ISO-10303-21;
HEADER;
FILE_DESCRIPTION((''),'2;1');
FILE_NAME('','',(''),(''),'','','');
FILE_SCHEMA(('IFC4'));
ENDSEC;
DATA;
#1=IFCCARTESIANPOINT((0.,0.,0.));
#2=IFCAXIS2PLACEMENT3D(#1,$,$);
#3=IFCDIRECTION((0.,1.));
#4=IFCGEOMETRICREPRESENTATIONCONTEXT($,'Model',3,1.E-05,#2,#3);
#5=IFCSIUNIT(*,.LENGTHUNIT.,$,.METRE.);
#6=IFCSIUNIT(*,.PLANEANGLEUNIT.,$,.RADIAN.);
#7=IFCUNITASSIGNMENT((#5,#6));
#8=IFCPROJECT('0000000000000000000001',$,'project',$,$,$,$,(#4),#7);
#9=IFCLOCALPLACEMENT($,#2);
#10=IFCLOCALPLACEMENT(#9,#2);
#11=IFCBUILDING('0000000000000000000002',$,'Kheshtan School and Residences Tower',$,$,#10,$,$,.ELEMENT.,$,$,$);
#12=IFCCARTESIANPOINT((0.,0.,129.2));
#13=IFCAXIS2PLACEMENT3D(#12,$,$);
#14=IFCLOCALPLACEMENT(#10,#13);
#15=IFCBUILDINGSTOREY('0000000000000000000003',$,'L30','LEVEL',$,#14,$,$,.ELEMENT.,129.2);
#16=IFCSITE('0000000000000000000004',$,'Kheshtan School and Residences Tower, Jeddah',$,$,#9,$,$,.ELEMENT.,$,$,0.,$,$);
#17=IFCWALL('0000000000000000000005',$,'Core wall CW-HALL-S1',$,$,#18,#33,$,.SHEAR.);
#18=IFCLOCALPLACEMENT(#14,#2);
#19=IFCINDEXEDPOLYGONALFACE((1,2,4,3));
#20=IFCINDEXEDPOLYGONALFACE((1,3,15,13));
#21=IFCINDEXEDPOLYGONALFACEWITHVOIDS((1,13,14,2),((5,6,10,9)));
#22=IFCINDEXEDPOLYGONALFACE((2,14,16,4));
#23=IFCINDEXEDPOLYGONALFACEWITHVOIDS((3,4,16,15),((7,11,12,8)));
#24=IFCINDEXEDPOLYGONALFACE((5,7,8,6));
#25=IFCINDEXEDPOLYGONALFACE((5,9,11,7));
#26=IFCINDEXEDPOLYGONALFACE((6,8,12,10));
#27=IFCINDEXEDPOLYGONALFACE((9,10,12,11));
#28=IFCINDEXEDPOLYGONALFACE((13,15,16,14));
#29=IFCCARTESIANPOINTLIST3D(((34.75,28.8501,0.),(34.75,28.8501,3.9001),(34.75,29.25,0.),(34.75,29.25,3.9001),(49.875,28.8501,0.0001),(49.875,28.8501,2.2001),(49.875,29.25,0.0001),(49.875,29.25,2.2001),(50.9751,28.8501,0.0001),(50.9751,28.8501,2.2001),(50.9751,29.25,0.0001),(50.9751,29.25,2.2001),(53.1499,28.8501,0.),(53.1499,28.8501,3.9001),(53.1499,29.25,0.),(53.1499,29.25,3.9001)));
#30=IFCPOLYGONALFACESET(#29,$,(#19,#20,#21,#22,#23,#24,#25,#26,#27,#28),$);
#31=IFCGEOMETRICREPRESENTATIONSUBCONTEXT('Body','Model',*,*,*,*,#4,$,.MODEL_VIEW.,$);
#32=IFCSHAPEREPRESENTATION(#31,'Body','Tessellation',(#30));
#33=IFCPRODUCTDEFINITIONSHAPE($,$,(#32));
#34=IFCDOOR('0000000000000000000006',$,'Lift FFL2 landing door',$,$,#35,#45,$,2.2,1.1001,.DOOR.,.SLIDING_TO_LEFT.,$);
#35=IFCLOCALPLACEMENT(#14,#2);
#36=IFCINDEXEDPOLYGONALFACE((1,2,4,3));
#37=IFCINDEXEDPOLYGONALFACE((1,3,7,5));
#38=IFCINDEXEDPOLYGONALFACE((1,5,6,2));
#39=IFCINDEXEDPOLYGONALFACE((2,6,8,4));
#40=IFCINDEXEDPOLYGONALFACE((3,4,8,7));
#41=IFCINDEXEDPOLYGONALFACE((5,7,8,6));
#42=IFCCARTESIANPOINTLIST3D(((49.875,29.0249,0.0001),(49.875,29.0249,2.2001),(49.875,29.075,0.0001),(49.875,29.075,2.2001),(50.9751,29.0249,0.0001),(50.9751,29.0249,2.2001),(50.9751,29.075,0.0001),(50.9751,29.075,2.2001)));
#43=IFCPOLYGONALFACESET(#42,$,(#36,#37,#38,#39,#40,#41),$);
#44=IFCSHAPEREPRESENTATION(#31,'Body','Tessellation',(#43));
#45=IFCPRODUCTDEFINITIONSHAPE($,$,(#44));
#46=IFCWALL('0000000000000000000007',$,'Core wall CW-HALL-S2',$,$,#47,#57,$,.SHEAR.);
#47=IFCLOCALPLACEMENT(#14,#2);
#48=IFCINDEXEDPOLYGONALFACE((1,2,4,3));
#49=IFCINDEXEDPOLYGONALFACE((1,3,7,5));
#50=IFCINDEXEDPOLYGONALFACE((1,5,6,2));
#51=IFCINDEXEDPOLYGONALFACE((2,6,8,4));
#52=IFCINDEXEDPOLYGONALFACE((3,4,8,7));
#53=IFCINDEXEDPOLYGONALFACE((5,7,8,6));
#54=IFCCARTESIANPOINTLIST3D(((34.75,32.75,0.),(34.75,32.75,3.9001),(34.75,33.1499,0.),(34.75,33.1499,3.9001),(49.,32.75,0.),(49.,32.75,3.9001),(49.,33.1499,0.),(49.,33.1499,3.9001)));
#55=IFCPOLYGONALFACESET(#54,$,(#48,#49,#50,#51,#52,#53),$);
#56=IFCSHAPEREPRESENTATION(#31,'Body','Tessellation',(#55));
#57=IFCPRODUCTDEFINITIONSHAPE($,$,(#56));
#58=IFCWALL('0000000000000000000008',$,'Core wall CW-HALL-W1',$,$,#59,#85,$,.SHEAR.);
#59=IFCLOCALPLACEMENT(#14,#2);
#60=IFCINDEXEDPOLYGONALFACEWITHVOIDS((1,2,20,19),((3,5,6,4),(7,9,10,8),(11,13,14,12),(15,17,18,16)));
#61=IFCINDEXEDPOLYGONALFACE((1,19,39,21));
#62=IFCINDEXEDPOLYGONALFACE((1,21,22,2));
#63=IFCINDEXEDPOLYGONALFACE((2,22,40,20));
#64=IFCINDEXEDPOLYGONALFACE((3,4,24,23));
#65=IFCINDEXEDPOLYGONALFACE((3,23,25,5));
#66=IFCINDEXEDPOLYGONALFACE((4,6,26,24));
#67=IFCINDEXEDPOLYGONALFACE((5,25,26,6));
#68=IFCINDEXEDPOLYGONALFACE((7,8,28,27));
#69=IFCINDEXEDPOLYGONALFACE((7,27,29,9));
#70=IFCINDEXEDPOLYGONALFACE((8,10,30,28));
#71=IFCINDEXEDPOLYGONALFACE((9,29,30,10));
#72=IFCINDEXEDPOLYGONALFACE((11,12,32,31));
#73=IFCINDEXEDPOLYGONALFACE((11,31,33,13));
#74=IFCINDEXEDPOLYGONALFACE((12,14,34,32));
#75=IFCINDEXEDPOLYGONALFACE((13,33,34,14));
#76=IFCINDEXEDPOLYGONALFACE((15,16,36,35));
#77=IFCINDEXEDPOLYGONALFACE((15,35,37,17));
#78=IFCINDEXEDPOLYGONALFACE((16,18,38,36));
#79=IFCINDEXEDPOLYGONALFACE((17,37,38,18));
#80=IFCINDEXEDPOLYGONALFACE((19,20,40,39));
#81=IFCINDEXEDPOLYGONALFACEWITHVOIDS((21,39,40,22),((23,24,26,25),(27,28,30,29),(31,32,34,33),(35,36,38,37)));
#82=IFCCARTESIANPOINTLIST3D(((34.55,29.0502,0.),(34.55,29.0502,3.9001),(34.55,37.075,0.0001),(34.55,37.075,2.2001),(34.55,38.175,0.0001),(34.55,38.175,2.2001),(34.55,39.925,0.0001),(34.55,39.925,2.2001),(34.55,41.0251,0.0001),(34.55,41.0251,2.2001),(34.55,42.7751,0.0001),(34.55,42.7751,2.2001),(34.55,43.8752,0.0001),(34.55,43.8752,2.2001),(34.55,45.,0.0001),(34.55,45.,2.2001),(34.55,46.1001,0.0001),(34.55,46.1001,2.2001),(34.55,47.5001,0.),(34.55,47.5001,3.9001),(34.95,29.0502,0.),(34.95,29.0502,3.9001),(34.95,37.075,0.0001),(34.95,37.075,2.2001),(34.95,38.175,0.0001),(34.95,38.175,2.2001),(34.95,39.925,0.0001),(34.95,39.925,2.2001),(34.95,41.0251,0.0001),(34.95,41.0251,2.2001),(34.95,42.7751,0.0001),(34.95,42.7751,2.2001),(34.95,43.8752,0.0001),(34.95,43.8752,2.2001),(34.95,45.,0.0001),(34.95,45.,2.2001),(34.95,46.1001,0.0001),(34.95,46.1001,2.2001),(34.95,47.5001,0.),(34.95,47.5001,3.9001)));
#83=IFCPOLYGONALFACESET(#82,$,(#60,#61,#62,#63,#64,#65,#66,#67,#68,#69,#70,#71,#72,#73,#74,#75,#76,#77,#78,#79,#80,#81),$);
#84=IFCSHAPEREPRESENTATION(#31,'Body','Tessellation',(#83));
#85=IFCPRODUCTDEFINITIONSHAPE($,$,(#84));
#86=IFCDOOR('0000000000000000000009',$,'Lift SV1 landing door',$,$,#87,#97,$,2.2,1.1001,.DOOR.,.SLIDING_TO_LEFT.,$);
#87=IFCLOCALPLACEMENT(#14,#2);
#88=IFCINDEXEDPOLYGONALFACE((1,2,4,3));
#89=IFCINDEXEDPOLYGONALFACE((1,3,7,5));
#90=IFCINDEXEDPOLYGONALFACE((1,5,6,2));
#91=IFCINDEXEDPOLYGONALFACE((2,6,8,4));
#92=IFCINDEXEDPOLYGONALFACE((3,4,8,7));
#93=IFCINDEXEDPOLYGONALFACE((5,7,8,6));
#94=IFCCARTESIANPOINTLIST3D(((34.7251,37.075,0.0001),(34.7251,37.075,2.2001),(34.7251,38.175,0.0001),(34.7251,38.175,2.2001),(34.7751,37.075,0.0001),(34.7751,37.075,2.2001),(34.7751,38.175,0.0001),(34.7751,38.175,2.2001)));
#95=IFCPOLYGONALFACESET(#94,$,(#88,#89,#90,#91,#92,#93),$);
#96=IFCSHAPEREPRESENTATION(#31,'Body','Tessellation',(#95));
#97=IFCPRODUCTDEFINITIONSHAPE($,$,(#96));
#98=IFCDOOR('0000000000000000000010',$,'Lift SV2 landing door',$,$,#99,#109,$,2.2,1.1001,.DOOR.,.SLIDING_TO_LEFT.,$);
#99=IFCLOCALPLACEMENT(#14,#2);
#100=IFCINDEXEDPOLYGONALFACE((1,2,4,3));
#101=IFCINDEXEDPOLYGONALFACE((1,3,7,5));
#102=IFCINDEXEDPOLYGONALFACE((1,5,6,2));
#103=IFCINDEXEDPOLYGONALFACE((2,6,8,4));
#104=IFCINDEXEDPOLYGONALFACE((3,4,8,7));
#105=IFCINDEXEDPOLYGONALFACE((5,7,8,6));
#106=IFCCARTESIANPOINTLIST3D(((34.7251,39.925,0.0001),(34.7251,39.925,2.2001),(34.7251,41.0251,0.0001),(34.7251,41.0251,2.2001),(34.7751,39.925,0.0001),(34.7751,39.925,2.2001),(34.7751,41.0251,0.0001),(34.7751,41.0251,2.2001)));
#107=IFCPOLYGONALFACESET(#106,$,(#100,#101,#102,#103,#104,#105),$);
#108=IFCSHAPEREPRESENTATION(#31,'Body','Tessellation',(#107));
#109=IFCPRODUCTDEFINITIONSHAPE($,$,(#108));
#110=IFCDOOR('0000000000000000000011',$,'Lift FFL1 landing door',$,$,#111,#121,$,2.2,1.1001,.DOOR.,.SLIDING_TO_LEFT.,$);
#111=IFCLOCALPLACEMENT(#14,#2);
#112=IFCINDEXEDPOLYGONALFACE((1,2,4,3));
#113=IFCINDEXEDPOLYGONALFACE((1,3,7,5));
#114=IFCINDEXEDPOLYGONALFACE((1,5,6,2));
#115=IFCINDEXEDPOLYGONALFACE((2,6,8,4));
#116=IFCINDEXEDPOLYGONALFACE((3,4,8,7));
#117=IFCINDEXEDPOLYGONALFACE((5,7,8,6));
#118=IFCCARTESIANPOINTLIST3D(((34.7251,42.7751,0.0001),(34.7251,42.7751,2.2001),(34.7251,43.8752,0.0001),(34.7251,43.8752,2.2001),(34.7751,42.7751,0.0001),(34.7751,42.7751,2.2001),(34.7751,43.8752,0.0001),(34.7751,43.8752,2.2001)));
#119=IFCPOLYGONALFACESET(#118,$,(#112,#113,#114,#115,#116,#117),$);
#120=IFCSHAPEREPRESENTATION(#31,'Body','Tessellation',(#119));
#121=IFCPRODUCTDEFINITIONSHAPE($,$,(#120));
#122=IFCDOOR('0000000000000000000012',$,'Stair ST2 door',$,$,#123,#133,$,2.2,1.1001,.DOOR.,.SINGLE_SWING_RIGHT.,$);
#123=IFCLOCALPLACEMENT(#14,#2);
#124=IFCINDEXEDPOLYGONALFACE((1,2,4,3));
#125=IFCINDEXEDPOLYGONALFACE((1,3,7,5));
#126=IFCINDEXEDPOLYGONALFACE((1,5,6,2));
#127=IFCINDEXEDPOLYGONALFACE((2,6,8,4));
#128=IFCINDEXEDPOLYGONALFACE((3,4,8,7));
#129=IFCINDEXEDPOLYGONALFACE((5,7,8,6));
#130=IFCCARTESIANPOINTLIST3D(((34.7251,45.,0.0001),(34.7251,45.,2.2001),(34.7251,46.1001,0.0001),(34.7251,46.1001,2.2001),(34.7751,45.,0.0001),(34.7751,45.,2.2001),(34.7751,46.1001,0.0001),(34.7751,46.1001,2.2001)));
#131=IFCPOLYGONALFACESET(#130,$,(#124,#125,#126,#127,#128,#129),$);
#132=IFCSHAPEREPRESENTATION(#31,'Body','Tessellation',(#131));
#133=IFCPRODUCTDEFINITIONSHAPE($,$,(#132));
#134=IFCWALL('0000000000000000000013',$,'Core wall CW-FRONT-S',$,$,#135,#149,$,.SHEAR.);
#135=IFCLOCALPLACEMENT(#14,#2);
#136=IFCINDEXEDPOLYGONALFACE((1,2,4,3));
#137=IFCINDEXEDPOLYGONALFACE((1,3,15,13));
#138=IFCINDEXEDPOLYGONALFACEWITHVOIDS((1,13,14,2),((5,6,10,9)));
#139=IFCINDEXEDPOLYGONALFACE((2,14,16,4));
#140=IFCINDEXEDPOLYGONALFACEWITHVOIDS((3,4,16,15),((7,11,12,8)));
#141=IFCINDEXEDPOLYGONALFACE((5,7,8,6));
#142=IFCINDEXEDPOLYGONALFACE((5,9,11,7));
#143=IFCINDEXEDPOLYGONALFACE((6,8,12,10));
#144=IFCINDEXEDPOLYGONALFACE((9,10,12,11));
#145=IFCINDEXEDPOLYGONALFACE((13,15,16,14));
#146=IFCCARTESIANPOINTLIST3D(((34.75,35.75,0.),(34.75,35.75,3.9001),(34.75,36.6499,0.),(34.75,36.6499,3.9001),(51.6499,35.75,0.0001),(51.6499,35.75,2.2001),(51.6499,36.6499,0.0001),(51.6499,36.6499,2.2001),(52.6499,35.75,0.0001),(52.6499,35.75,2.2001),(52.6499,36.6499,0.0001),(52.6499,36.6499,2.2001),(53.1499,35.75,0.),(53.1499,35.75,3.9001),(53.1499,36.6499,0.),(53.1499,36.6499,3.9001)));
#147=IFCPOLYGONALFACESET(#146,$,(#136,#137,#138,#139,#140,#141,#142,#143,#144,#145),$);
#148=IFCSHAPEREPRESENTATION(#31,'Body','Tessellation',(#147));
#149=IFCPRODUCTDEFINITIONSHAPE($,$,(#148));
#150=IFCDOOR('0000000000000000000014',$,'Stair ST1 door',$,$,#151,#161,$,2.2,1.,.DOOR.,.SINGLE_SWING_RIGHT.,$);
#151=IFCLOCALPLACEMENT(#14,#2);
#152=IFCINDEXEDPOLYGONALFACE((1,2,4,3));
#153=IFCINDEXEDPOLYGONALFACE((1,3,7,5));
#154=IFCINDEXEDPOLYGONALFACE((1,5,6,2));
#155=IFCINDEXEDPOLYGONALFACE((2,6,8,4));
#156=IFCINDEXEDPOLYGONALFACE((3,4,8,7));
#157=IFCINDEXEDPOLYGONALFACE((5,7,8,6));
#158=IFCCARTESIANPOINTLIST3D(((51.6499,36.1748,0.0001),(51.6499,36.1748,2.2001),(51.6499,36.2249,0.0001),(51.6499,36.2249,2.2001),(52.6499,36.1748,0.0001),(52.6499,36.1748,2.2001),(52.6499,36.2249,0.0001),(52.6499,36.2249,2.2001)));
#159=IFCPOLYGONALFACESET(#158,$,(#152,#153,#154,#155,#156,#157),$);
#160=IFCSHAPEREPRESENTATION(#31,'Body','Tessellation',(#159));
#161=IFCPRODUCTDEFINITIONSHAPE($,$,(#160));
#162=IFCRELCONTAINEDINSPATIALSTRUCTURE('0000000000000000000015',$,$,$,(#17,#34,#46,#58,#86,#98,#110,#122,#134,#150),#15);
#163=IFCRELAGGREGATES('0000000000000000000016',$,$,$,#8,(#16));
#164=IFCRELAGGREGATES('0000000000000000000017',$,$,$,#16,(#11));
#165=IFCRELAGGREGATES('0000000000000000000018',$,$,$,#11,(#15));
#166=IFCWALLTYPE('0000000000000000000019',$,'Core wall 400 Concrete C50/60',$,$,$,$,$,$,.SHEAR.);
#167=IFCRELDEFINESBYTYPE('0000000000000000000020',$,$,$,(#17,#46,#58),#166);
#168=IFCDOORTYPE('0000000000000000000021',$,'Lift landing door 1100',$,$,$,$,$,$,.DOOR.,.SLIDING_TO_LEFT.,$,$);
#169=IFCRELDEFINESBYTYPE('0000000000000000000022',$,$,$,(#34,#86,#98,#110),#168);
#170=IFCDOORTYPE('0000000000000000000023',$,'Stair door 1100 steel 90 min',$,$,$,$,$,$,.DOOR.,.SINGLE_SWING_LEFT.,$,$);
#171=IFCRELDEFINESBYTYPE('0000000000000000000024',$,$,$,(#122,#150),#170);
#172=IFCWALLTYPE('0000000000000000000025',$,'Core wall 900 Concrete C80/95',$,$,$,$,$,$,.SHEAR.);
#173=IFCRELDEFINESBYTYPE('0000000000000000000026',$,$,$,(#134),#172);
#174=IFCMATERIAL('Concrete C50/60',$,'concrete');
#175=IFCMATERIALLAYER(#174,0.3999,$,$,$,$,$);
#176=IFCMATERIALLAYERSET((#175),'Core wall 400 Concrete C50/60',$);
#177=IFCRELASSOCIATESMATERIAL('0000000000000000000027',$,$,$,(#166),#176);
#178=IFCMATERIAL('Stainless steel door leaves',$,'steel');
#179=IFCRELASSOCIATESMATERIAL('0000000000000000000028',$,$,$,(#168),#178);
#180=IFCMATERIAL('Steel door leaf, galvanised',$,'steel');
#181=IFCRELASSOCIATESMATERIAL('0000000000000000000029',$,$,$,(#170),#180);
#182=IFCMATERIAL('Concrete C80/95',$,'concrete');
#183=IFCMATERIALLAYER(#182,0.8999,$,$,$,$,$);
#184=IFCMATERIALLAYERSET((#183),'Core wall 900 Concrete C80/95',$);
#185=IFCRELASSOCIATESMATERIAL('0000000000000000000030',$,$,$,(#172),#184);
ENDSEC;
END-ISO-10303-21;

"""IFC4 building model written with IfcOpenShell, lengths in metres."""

from ifc_helpers import new_model, si_unit, direction, frame, frame_2d, origin, place, context, subcontext, project, spatial, rectangle, extrude, source, transform, mapped, material, layer, layer_set, type_object, element, fill, save


model = new_model("IFC4")

# Units and contexts
model_context = context("Model", 3, precision=1e-05, world=origin(), true_north=direction((0.0, 1.0)))
body_context = subcontext(model_context, "Body", "Model", "MODEL_VIEW")
ifc_project = project(units=[si_unit("LENGTHUNIT", "METRE"), si_unit("PLANEANGLEUNIT", "RADIAN")], contexts=[model_context])

# Site, building, storey
site_placement = place(None, origin())
site = spatial("IfcSite", under=ifc_project, at=site_placement, Name="Kheshtan School and Residences Tower, Jeddah", CompositionType="ELEMENT", RefElevation=0.0)
building_placement = place(site_placement, origin())
building = spatial("IfcBuilding", under=site, at=building_placement, Name="Kheshtan School and Residences Tower", CompositionType="ELEMENT")
storey_placement = place(building_placement, frame((0.0, 0.0, 129.2)))
storey = spatial("IfcBuildingStorey", under=building, at=storey_placement, Name="L30", Description="LEVEL", CompositionType="ELEMENT", Elevation=129.2)

# Wall, opening, door
ifc_material_1 = material(Name="Concrete C50/60", Category="concrete")
ifc_layer_1 = layer(ifc_material_1, 0.3999)
ifc_layer_set_1 = layer_set([ifc_layer_1], Name="Core wall 400 Concrete C50/60")
wall_type_1 = type_object("IfcWallType", Name="Core wall 400 Concrete C50/60", PredefinedType="SHEAR", material=ifc_layer_set_1)
wall_1_placement = place(storey_placement, frame((34.75, 29.05, 0.0), z_axis=(0.0, 0.0, 1.0), x_axis=(1.0, 0.0, 0.0)))
wall_1 = element("IfcWall", 1, at=wall_1_placement, inside=storey, type_object=wall_type_1, Name="Core wall CW-HALL-S1", PredefinedType="SHEAR", context=body_context, shape_type="SweptSolid", body=[
    extrude(rectangle(XDim=18.3999, YDim=0.3999, at=frame_2d((9.2, 0.0))), origin(), (0.0, 0.0, 1.0), 3.9001),
])
opening_1_placement = place(wall_1_placement, frame((15.125, 0.0, 0.0)))
opening_1 = element("IfcOpeningElement", 2, at=opening_1_placement, cuts=wall_1, PredefinedType="OPENING", context=body_context, shape_type="SweptSolid", body=[
    extrude(rectangle(XDim=1.1001, YDim=2.2, at=frame_2d((0.55, 1.1001))), frame((0.0, 0.21, 0.0), z_axis=(0.0, -1.0, 0.0), x_axis=(1.0, 0.0, 0.0)), (0.0, 0.0, 1.0), 0.4199),
])
ifc_material_2 = material(Name="Stainless steel door leaves", Category="steel")
door_type_1 = type_object("IfcDoorType", Name="Lift landing door 1100", OperationType="SLIDING_TO_LEFT", PredefinedType="DOOR", material=ifc_material_2)
shared_shape_1 = source(origin(), body_context, "Body", "SweptSolid", [
    extrude(rectangle(XDim=1.1001, YDim=2.2, at=frame_2d((0.55, 1.1001))), frame((0.0, 0.0249, 0.0), z_axis=(0.0, -1.0, 0.0), x_axis=(1.0, 0.0, 0.0)), (0.0, 0.0, 1.0), 0.05),
])
door_1_placement = place(opening_1_placement, origin())
door_1 = element("IfcDoor", 3, at=door_1_placement, inside=storey, type_object=door_type_1, Name="Lift FFL2 landing door", OperationType="SLIDING_TO_LEFT", OverallHeight=2.2, OverallWidth=1.1001, PredefinedType="DOOR", context=body_context, shape_type="MappedRepresentation", body=[
    mapped(shared_shape_1, transform((0.0, 0.0, 0.0), x_axis=(1.0, 0.0, 0.0), y_axis=(0.0, 1.0, 0.0), z_axis=(0.0, 0.0, 1.0), scale=1.0)),
])
fill(opening_1, door_1)

# Wall
wall_2_placement = place(storey_placement, frame((34.75, 32.95, 0.0), z_axis=(0.0, 0.0, 1.0), x_axis=(1.0, 0.0, 0.0)))
element("IfcWall", 4, at=wall_2_placement, inside=storey, type_object=wall_type_1, Name="Core wall CW-HALL-S2", PredefinedType="SHEAR", context=body_context, shape_type="SweptSolid", body=[
    extrude(rectangle(XDim=14.25, YDim=0.3999, at=frame_2d((7.125, 0.0))), origin(), (0.0, 0.0, 1.0), 3.9001),
])

# Wall, openings, doors
wall_3_placement = place(storey_placement, frame((34.75, 29.05, 0.0), z_axis=(0.0, 0.0, 1.0), x_axis=(0.0, 1.0, 0.0)))
wall_3 = element("IfcWall", 5, at=wall_3_placement, inside=storey, type_object=wall_type_1, Name="Core wall CW-HALL-W1", PredefinedType="SHEAR", context=body_context, shape_type="SweptSolid", body=[
    extrude(rectangle(XDim=18.45, YDim=0.3999, at=frame_2d((9.2251, 0.0))), origin(), (0.0, 0.0, 1.0), 3.9001),
])
opening_2_placement = place(wall_3_placement, frame((8.0249, 0.0, 0.0)))
opening_2 = element("IfcOpeningElement", 6, at=opening_2_placement, cuts=wall_3, PredefinedType="OPENING", context=body_context, shape_type="SweptSolid", body=[
    extrude(rectangle(XDim=1.1001, YDim=2.2, at=frame_2d((0.55, 1.1001))), frame((0.0, 0.21, 0.0), z_axis=(0.0, -1.0, 0.0), x_axis=(1.0, 0.0, 0.0)), (0.0, 0.0, 1.0), 0.4199),
])
opening_3_placement = place(wall_3_placement, frame((10.875, 0.0, 0.0)))
opening_3 = element("IfcOpeningElement", 7, at=opening_3_placement, cuts=wall_3, PredefinedType="OPENING", context=body_context, shape_type="SweptSolid", body=[
    extrude(rectangle(XDim=1.1001, YDim=2.2, at=frame_2d((0.55, 1.1001))), frame((0.0, 0.21, 0.0), z_axis=(0.0, -1.0, 0.0), x_axis=(1.0, 0.0, 0.0)), (0.0, 0.0, 1.0), 0.4199),
])
opening_4_placement = place(wall_3_placement, frame((13.7251, 0.0, 0.0)))
opening_4 = element("IfcOpeningElement", 8, at=opening_4_placement, cuts=wall_3, PredefinedType="OPENING", context=body_context, shape_type="SweptSolid", body=[
    extrude(rectangle(XDim=1.1001, YDim=2.2, at=frame_2d((0.55, 1.1001))), frame((0.0, 0.21, 0.0), z_axis=(0.0, -1.0, 0.0), x_axis=(1.0, 0.0, 0.0)), (0.0, 0.0, 1.0), 0.4199),
])
opening_5_placement = place(wall_3_placement, frame((15.95, 0.0, 0.0)))
opening_5 = element("IfcOpeningElement", 9, at=opening_5_placement, cuts=wall_3, PredefinedType="OPENING", context=body_context, shape_type="SweptSolid", body=[
    extrude(rectangle(XDim=1.1001, YDim=2.2, at=frame_2d((0.55, 1.1001))), frame((0.0, 0.21, 0.0), z_axis=(0.0, -1.0, 0.0), x_axis=(1.0, 0.0, 0.0)), (0.0, 0.0, 1.0), 0.4199),
])
door_2_placement = place(opening_2_placement, origin())
door_2 = element("IfcDoor", 10, at=door_2_placement, inside=storey, type_object=door_type_1, Name="Lift SV1 landing door", OperationType="SLIDING_TO_LEFT", OverallHeight=2.2, OverallWidth=1.1001, PredefinedType="DOOR", context=body_context, shape_type="MappedRepresentation", body=[
    mapped(shared_shape_1, transform((0.0, 0.0, 0.0), x_axis=(1.0, 0.0, 0.0), y_axis=(0.0, 1.0, 0.0), z_axis=(0.0, 0.0, 1.0), scale=1.0)),
])
fill(opening_2, door_2)
door_3_placement = place(opening_3_placement, origin())
door_3 = element("IfcDoor", 11, at=door_3_placement, inside=storey, type_object=door_type_1, Name="Lift SV2 landing door", OperationType="SLIDING_TO_LEFT", OverallHeight=2.2, OverallWidth=1.1001, PredefinedType="DOOR", context=body_context, shape_type="MappedRepresentation", body=[
    mapped(shared_shape_1, transform((0.0, 0.0, 0.0), x_axis=(1.0, 0.0, 0.0), y_axis=(0.0, 1.0, 0.0), z_axis=(0.0, 0.0, 1.0), scale=1.0)),
])
fill(opening_3, door_3)
door_4_placement = place(opening_4_placement, origin())
door_4 = element("IfcDoor", 12, at=door_4_placement, inside=storey, type_object=door_type_1, Name="Lift FFL1 landing door", OperationType="SLIDING_TO_LEFT", OverallHeight=2.2, OverallWidth=1.1001, PredefinedType="DOOR", context=body_context, shape_type="MappedRepresentation", body=[
    mapped(shared_shape_1, transform((0.0, 0.0, 0.0), x_axis=(1.0, 0.0, 0.0), y_axis=(0.0, 1.0, 0.0), z_axis=(0.0, 0.0, 1.0), scale=1.0)),
])
fill(opening_4, door_4)
ifc_material_3 = material(Name="Steel door leaf, galvanised", Category="steel")
door_type_2 = type_object("IfcDoorType", Name="Stair door 1100 steel 90 min", OperationType="SINGLE_SWING_LEFT", PredefinedType="DOOR", material=ifc_material_3)
shared_shape_2 = source(origin(), body_context, "Body", "SweptSolid", [
    extrude(rectangle(XDim=1.1001, YDim=2.2, at=frame_2d((0.55, 1.1001))), frame((0.0, 0.0249, 0.0), z_axis=(0.0, -1.0, 0.0), x_axis=(1.0, 0.0, 0.0)), (0.0, 0.0, 1.0), 0.05),
])
door_5_placement = place(opening_5_placement, origin())
door_5 = element("IfcDoor", 13, at=door_5_placement, inside=storey, type_object=door_type_2, Name="Stair ST2 door", OperationType="SINGLE_SWING_RIGHT", OverallHeight=2.2, OverallWidth=1.1001, PredefinedType="DOOR", context=body_context, shape_type="MappedRepresentation", body=[
    mapped(shared_shape_2, transform((0.0, 0.0, 0.0), x_axis=(1.0, 0.0, 0.0), y_axis=(0.0, 1.0, 0.0), z_axis=(0.0, 0.0, 1.0), scale=1.0)),
])
fill(opening_5, door_5)

# Wall, opening, door
ifc_material_4 = material(Name="Concrete C80/95", Category="concrete")
ifc_layer_2 = layer(ifc_material_4, 0.8999)
ifc_layer_set_2 = layer_set([ifc_layer_2], Name="Core wall 900 Concrete C80/95")
wall_type_2 = type_object("IfcWallType", Name="Core wall 900 Concrete C80/95", PredefinedType="SHEAR", material=ifc_layer_set_2)
wall_4_placement = place(storey_placement, frame((34.75, 36.2, 0.0), z_axis=(0.0, 0.0, 1.0), x_axis=(1.0, 0.0, 0.0)))
wall_4 = element("IfcWall", 14, at=wall_4_placement, inside=storey, type_object=wall_type_2, Name="Core wall CW-FRONT-S", PredefinedType="SHEAR", context=body_context, shape_type="SweptSolid", body=[
    extrude(rectangle(XDim=18.3999, YDim=0.8999, at=frame_2d((9.2, 0.0))), origin(), (0.0, 0.0, 1.0), 3.9001),
])
opening_6_placement = place(wall_4_placement, frame((16.8999, 0.0, 0.0)))
opening_6 = element("IfcOpeningElement", 15, at=opening_6_placement, cuts=wall_4, PredefinedType="OPENING", context=body_context, shape_type="SweptSolid", body=[
    extrude(rectangle(XDim=1.0, YDim=2.2, at=frame_2d((0.5, 1.1001))), frame((0.0, 0.46, 0.0), z_axis=(0.0, -1.0, 0.0), x_axis=(1.0, 0.0, 0.0)), (0.0, 0.0, 1.0), 0.9199),
])
shared_shape_3 = source(origin(), body_context, "Body", "SweptSolid", [
    extrude(rectangle(XDim=1.0, YDim=2.2, at=frame_2d((0.5, 1.1001))), frame((0.0, 0.0249, 0.0), z_axis=(0.0, -1.0, 0.0), x_axis=(1.0, 0.0, 0.0)), (0.0, 0.0, 1.0), 0.05),
])
door_6_placement = place(opening_6_placement, origin())
door_6 = element("IfcDoor", 16, at=door_6_placement, inside=storey, type_object=door_type_2, Name="Stair ST1 door", OperationType="SINGLE_SWING_RIGHT", OverallHeight=2.2, OverallWidth=1.0, PredefinedType="DOOR", context=body_context, shape_type="MappedRepresentation", body=[
    mapped(shared_shape_3, transform((0.0, 0.0, 0.0), x_axis=(1.0, 0.0, 0.0), y_axis=(0.0, 1.0, 0.0), z_axis=(0.0, 0.0, 1.0), scale=1.0)),
])
fill(opening_6, door_6)

save(model, "model.ifc")
